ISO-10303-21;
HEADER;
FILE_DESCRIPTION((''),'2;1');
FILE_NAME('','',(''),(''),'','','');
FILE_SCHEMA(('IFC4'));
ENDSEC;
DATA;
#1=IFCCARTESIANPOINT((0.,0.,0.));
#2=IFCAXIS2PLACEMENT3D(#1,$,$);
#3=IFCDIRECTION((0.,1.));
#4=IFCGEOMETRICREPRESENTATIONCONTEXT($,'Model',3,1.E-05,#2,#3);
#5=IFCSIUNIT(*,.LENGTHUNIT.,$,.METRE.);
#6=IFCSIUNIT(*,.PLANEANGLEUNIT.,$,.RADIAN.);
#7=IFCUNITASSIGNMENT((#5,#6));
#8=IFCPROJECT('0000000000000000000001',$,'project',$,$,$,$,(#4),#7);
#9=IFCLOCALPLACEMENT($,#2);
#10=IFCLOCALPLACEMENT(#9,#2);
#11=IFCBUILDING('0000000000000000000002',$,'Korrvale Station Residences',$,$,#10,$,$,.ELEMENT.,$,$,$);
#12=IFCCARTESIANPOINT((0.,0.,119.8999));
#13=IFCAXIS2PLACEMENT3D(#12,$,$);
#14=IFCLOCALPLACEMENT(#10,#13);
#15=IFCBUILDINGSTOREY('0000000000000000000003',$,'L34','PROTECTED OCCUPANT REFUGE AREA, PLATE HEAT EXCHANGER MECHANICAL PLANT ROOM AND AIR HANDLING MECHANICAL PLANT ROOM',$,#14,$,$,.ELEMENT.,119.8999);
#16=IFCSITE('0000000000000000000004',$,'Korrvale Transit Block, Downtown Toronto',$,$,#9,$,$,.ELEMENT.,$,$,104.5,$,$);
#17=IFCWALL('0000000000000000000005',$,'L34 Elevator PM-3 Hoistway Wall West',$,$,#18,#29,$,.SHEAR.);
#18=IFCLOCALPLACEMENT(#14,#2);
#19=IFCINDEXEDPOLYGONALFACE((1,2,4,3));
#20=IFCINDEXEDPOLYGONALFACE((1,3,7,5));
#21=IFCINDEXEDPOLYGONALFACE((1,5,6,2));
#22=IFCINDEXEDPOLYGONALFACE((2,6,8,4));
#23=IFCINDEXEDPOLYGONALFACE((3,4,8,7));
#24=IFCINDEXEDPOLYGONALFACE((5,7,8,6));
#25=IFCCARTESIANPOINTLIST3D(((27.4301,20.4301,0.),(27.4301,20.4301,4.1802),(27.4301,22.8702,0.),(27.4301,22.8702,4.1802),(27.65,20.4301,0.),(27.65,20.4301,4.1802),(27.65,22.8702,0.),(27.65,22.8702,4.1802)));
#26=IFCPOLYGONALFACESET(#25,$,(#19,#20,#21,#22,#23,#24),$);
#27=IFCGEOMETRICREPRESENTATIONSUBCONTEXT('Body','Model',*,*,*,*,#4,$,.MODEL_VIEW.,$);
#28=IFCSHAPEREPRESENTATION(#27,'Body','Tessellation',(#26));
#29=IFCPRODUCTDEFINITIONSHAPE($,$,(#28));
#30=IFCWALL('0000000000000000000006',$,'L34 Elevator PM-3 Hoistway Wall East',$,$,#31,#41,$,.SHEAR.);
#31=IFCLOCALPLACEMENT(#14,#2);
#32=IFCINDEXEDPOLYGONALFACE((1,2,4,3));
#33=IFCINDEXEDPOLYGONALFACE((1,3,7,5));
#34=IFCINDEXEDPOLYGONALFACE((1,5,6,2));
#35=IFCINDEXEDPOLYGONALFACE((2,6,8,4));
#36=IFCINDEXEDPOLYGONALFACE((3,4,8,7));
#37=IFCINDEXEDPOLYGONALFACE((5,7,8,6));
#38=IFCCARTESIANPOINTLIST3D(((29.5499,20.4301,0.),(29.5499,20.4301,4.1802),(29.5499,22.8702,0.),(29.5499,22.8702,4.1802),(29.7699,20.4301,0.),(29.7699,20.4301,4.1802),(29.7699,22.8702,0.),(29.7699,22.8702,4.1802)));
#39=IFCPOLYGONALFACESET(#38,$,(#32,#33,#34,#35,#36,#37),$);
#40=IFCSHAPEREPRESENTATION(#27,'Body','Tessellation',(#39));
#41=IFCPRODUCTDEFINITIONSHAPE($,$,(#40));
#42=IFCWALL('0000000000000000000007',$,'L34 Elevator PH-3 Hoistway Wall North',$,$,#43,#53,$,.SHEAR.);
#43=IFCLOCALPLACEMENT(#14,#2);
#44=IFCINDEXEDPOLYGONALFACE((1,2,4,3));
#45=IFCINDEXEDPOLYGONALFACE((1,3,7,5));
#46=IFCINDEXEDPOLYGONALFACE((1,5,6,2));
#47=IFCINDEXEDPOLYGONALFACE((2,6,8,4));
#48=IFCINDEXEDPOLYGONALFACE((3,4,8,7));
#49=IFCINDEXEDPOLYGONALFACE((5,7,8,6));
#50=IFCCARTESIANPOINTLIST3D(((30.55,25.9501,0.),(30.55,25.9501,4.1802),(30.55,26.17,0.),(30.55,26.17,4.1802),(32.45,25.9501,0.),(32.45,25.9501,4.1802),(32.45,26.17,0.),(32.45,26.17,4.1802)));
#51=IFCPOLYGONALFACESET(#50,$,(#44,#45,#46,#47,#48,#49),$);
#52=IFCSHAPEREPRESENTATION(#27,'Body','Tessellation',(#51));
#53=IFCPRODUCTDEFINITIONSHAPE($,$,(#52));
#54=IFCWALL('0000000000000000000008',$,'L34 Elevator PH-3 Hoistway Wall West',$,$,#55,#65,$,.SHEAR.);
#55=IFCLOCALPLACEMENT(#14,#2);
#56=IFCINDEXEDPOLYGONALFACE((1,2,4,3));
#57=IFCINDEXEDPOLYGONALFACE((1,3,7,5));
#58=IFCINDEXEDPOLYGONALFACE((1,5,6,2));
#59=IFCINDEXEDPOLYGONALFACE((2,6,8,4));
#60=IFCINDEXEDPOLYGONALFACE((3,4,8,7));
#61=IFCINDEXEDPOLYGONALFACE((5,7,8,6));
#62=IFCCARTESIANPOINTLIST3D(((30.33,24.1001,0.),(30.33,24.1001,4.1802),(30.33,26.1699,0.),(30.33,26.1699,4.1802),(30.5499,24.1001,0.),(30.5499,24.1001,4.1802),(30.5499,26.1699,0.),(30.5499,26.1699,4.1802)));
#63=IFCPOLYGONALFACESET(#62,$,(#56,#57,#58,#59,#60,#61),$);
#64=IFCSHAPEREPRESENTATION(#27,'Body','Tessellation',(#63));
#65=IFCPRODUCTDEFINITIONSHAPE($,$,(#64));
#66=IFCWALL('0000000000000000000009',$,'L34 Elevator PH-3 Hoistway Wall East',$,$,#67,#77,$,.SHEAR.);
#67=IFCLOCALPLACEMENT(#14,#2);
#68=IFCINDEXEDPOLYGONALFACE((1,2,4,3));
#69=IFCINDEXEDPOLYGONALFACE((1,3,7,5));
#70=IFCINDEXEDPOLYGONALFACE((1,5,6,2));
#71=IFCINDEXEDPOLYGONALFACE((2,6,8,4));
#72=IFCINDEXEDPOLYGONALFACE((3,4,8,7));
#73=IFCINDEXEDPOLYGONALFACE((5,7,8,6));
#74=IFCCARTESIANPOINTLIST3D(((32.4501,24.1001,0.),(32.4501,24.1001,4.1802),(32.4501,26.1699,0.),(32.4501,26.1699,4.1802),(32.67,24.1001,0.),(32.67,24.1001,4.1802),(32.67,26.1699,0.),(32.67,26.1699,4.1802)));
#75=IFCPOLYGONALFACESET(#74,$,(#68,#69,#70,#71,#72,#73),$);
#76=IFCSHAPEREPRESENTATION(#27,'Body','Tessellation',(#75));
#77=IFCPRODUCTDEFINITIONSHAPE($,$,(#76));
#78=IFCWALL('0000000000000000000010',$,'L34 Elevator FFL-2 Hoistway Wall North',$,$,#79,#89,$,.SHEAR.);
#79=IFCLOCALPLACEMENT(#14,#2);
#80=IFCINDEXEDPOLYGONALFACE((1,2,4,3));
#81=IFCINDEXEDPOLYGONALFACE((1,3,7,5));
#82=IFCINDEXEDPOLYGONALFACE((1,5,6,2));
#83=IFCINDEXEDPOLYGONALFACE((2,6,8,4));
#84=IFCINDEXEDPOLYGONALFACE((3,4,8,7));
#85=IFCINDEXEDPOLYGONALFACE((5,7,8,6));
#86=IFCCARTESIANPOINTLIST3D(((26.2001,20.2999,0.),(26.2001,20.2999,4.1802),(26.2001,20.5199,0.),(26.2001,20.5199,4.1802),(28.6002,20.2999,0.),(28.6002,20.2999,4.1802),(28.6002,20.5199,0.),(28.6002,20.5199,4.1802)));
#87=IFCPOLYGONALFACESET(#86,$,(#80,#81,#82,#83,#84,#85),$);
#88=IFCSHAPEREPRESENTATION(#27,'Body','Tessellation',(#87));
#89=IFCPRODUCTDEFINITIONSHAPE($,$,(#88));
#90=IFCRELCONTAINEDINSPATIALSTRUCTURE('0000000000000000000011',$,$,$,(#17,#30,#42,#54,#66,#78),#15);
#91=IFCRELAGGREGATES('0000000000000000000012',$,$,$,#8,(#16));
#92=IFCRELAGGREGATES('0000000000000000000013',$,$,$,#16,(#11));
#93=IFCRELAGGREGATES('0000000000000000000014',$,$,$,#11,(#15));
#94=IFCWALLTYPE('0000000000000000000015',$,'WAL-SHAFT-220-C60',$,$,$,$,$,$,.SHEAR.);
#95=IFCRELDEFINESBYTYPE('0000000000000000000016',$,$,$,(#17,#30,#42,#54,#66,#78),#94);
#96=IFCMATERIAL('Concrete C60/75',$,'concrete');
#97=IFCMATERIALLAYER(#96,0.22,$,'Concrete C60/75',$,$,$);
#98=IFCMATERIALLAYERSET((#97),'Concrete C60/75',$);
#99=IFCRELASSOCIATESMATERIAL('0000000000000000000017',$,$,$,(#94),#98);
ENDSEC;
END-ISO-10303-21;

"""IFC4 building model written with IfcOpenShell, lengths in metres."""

from ifc_helpers import new_model, si_unit, direction, frame, frame_2d, origin, place, context, subcontext, project, spatial, rectangle, extrude, material, layer, layer_set, type_object, element, save


model = new_model("IFC4")

# Units and contexts
model_context = context("Model", 3, precision=1e-05, world=origin(), true_north=direction((0.0, 1.0)))
body_context = subcontext(model_context, "Body", "Model", "MODEL_VIEW")
ifc_project = project(units=[si_unit("LENGTHUNIT", "METRE"), si_unit("PLANEANGLEUNIT", "RADIAN")], contexts=[model_context])

# Site, building, storey
site_placement = place(None, origin())
site = spatial("IfcSite", under=ifc_project, at=site_placement, Name="Korrvale Transit Block, Downtown Toronto", CompositionType="ELEMENT", RefElevation=104.5)
building_placement = place(site_placement, origin())
building = spatial("IfcBuilding", under=site, at=building_placement, Name="Korrvale Station Residences", CompositionType="ELEMENT")
storey_placement = place(building_placement, frame((0.0, 0.0, 119.8999)))
storey = spatial("IfcBuildingStorey", under=building, at=storey_placement, Name="L34", Description="PROTECTED OCCUPANT REFUGE AREA, PLATE HEAT EXCHANGER MECHANICAL PLANT ROOM AND AIR HANDLING MECHANICAL PLANT ROOM", CompositionType="ELEMENT", Elevation=119.8999)

# Shared definitions
ifc_material_1 = material(Name="Concrete C60/75", Category="concrete")

# Shared definitions
ifc_layer_1 = layer(ifc_material_1, 0.22, Name="Concrete C60/75")
ifc_layer_set_1 = layer_set([ifc_layer_1], Name="Concrete C60/75")
wall_type_1 = type_object("IfcWallType", Name="WAL-SHAFT-220-C60", PredefinedType="SHEAR", material=ifc_layer_set_1)

# Walls
for number, where, z_axis, x_axis, name in (
    (1, (27.54, 20.4299, 0.0), (0.0, 0.0, 1.0), (0.0, 1.0, 0.0), "L34 Elevator PM-3 Hoistway Wall West"),
    (2, (29.6599, 20.4299, 0.0), (0.0, 0.0, 1.0), (0.0, 1.0, 0.0), "L34 Elevator PM-3 Hoistway Wall East"),
):
    element("IfcWall", number, at=place(storey_placement, frame(where, z_axis=z_axis, x_axis=x_axis)), inside=storey, type_object=wall_type_1, Name=name, PredefinedType="SHEAR", context=body_context, shape_type="SweptSolid", body=[
        extrude(rectangle(XDim=2.4402, YDim=0.22, at=frame_2d((1.2202, 0.0))), origin(), (0.0, 0.0, 1.0), 4.1802),
    ])
wall_1_placement = place(storey_placement, frame((30.55, 26.0601, 0.0), z_axis=(0.0, 0.0, 1.0), x_axis=(1.0, 0.0, 0.0)))
element("IfcWall", 3, at=wall_1_placement, inside=storey, type_object=wall_type_1, Name="L34 Elevator PH-3 Hoistway Wall North", PredefinedType="SHEAR", context=body_context, shape_type="SweptSolid", body=[
    extrude(rectangle(XDim=1.8999, YDim=0.22, at=frame_2d((0.95, 0.0))), origin(), (0.0, 0.0, 1.0), 4.1802),
])
for number, where, z_axis, x_axis, name in (
    (4, (30.4399, 24.1001, 0.0), (0.0, 0.0, 1.0), (0.0, 1.0, 0.0), "L34 Elevator PH-3 Hoistway Wall West"),
    (5, (32.5601, 24.1001, 0.0), (0.0, 0.0, 1.0), (0.0, 1.0, 0.0), "L34 Elevator PH-3 Hoistway Wall East"),
):
    element("IfcWall", number, at=place(storey_placement, frame(where, z_axis=z_axis, x_axis=x_axis)), inside=storey, type_object=wall_type_1, Name=name, PredefinedType="SHEAR", context=body_context, shape_type="SweptSolid", body=[
        extrude(rectangle(XDim=2.0698, YDim=0.22, at=frame_2d((1.0349, 0.0))), origin(), (0.0, 0.0, 1.0), 4.1802),
    ])
wall_2_placement = place(storey_placement, frame((26.2, 20.4099, 0.0), z_axis=(0.0, 0.0, 1.0), x_axis=(1.0, 0.0, 0.0)))
element("IfcWall", 6, at=wall_2_placement, inside=storey, type_object=wall_type_1, Name="L34 Elevator FFL-2 Hoistway Wall North", PredefinedType="SHEAR", context=body_context, shape_type="SweptSolid", body=[
    extrude(rectangle(XDim=2.4001, YDim=0.22, at=frame_2d((1.2002, 0.0))), origin(), (0.0, 0.0, 1.0), 4.1802),
])

save(model, "model.ifc")
